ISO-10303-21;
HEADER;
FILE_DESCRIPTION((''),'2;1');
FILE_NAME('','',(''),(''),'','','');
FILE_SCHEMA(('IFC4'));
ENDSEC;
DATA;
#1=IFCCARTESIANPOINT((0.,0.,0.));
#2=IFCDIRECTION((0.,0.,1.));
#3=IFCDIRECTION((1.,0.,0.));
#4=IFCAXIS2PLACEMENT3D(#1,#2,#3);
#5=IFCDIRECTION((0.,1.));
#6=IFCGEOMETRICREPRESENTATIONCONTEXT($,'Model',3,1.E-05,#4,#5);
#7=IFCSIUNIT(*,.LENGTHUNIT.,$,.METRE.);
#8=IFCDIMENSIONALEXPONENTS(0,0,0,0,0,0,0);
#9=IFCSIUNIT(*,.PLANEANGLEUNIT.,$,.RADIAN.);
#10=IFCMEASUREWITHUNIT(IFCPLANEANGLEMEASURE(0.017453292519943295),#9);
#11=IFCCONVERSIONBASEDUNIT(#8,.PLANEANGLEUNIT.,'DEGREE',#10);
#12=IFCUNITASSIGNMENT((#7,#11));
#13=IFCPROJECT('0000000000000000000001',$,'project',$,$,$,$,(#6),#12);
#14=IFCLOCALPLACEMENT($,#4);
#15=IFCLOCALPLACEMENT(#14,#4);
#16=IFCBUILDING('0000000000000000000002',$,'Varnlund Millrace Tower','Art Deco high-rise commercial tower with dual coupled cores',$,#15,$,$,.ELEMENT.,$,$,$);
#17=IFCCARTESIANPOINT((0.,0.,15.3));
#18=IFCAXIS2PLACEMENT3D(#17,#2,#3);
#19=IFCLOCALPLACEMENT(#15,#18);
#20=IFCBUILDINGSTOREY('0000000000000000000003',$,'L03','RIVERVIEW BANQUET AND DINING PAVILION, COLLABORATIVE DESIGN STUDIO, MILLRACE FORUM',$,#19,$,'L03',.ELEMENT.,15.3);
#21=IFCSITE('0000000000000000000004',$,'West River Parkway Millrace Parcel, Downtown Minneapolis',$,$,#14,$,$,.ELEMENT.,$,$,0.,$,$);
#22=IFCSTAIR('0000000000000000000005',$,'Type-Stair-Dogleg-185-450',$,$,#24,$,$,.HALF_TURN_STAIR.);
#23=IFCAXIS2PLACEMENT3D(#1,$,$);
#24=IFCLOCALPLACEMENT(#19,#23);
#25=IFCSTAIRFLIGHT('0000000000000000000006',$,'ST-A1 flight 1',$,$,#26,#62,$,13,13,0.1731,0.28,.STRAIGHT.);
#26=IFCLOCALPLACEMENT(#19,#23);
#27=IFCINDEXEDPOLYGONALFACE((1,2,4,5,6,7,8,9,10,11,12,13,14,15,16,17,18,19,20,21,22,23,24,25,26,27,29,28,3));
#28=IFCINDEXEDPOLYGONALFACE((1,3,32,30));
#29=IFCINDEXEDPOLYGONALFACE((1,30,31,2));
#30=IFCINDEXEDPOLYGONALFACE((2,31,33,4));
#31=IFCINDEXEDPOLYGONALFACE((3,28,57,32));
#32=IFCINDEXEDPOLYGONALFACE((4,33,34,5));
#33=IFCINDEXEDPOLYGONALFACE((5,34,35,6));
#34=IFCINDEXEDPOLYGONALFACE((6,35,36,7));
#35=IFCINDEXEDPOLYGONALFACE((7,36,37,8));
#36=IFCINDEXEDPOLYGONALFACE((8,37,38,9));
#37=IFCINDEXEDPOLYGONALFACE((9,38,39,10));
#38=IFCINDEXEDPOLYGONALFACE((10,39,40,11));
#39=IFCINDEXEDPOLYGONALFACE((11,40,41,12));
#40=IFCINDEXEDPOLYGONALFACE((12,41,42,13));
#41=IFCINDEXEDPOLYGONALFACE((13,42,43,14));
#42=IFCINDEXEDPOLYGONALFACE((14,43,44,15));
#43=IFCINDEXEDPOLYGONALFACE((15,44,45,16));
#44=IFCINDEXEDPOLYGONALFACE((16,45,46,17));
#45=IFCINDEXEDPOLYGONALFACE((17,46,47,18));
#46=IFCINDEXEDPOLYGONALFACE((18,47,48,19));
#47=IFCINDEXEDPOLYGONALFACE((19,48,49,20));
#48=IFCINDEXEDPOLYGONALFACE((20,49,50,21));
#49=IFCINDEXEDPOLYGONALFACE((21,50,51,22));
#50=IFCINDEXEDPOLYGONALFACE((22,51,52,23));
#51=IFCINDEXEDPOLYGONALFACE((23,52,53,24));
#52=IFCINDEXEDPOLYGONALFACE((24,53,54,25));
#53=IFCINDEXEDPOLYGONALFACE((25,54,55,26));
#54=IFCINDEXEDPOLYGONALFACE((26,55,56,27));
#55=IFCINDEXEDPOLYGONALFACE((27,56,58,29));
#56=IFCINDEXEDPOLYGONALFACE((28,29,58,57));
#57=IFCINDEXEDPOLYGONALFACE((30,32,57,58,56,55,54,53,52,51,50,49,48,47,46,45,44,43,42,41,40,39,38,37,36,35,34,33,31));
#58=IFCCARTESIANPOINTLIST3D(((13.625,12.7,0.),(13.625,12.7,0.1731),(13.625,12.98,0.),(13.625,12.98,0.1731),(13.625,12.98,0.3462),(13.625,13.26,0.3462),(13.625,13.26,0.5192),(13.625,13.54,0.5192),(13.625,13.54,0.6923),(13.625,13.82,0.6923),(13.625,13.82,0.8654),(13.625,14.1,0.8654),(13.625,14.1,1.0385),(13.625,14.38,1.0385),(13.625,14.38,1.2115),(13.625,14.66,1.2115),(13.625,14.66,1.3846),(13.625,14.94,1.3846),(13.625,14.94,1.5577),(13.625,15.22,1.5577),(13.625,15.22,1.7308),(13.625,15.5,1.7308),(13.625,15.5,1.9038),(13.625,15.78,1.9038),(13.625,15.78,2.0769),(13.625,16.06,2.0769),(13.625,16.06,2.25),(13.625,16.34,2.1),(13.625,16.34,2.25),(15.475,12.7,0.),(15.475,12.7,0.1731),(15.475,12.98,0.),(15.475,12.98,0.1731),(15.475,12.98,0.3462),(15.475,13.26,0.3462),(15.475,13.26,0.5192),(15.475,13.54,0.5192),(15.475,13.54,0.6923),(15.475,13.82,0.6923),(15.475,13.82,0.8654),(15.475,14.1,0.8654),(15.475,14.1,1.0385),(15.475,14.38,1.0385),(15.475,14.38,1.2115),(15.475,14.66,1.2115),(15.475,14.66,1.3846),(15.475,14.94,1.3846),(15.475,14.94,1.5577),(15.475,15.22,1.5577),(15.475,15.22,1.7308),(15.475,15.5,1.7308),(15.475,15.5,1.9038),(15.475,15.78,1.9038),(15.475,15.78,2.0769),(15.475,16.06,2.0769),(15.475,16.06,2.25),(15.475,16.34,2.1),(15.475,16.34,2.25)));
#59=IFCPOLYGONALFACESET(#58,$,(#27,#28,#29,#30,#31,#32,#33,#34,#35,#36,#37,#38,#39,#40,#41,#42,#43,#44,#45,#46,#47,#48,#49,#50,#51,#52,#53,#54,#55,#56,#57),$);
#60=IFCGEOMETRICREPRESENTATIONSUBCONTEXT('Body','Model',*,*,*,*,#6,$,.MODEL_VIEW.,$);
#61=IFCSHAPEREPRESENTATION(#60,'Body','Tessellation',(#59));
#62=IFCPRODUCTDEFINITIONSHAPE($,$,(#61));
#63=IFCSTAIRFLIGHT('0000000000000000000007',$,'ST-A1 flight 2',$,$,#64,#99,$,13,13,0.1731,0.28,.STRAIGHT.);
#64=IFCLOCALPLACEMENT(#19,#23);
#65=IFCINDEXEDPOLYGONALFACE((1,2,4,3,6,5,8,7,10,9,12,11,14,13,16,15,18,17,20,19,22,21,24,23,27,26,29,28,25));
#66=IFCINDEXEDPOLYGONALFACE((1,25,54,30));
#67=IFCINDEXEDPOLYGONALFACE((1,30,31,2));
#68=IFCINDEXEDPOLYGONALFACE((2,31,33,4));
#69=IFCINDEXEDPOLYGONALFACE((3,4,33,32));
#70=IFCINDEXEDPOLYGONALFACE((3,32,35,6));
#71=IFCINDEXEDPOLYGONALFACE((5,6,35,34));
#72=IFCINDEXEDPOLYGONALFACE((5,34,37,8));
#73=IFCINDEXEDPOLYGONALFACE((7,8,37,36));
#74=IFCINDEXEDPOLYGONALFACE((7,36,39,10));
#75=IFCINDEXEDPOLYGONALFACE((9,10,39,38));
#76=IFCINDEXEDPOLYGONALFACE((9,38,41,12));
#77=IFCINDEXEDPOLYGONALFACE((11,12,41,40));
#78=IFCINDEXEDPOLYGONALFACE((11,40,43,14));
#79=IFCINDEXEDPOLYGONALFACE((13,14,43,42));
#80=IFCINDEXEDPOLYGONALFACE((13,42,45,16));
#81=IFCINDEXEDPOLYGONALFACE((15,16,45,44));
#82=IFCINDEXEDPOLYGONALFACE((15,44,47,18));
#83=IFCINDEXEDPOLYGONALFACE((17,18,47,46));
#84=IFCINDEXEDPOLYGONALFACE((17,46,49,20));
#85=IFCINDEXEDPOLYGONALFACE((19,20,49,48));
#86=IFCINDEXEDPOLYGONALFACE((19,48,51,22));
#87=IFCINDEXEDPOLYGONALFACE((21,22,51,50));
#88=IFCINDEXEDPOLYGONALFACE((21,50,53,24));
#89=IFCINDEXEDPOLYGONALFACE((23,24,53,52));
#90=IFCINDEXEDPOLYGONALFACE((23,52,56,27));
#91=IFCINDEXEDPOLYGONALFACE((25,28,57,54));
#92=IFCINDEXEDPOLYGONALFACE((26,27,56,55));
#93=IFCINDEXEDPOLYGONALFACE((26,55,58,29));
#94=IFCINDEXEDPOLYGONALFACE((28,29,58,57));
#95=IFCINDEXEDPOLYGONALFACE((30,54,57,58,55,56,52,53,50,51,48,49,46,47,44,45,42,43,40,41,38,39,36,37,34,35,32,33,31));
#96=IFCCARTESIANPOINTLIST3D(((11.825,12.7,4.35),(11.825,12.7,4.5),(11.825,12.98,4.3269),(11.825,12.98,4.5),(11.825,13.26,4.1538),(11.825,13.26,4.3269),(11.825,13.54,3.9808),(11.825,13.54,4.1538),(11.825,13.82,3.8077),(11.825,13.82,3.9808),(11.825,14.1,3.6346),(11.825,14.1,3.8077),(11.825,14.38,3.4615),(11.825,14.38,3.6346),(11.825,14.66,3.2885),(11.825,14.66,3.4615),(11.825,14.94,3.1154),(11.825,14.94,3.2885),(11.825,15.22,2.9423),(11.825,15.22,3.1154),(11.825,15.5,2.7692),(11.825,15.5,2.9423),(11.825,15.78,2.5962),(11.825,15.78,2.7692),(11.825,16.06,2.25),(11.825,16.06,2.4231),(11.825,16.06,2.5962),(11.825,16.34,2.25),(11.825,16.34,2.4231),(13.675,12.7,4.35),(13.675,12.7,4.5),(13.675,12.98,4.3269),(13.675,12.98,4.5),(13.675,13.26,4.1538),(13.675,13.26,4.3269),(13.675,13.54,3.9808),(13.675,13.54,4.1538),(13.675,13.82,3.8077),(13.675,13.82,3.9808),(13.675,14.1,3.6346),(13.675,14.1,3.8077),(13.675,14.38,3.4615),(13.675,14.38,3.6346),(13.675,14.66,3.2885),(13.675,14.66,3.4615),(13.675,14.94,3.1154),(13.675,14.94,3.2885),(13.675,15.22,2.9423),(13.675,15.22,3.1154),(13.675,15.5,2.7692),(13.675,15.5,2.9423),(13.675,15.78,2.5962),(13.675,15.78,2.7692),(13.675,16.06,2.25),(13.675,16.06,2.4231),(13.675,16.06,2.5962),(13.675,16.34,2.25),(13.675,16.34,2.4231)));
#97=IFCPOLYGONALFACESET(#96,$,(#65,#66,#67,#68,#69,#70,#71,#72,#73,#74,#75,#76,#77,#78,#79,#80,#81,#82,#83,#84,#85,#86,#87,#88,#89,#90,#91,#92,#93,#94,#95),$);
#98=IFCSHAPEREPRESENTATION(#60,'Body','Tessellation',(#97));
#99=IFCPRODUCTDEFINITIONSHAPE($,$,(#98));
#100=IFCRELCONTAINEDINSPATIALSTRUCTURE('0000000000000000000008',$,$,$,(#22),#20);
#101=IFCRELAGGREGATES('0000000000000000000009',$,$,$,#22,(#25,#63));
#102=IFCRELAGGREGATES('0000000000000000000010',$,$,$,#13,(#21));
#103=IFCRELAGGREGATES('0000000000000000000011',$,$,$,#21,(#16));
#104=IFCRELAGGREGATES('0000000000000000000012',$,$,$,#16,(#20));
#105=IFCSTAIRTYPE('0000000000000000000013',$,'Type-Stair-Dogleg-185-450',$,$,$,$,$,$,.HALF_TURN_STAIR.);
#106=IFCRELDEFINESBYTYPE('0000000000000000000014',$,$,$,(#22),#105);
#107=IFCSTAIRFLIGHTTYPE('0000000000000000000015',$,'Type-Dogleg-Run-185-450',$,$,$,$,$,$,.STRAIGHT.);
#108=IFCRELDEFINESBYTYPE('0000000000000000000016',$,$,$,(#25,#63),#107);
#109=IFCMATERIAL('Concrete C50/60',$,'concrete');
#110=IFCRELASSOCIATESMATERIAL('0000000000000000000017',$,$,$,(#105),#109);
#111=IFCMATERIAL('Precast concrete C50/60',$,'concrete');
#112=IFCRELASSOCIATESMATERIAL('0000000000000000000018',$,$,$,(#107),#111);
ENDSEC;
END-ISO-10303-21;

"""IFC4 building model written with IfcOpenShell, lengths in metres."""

from ifc_helpers import new_model, entity, si_unit, converted_unit, direction, frame, origin_with_axes, place, context, subcontext, project, spatial, polyline, outline, extrude, material, type_object, element, aggregate, save


model = new_model("IFC4")

# Units and contexts
model_context = context("Model", 3, precision=1e-05, world=origin_with_axes(), true_north=direction((0.0, 1.0)))
body_context = subcontext(model_context, "Body", "Model", "MODEL_VIEW")
ifc_project = project(units=[si_unit("LENGTHUNIT", "METRE"), converted_unit("PLANEANGLEUNIT", "DEGREE", entity("IfcPlaneAngleMeasure", 0.017453292519943295), si_unit("PLANEANGLEUNIT", "RADIAN"), dimensions=[0, 0, 0, 0, 0, 0, 0])], contexts=[model_context])

# Site, building, storey
site_placement = place(None, origin_with_axes())
site = spatial("IfcSite", under=ifc_project, at=site_placement, Name="West River Parkway Millrace Parcel, Downtown Minneapolis", CompositionType="ELEMENT", RefElevation=0.0)
building_placement = place(site_placement, origin_with_axes())
building = spatial("IfcBuilding", under=site, at=building_placement, Name="Varnlund Millrace Tower", Description="Art Deco high-rise commercial tower with dual coupled cores", CompositionType="ELEMENT")
storey_placement = place(building_placement, frame((0.0, 0.0, 15.3), z_axis=(0.0, 0.0, 1.0), x_axis=(1.0, 0.0, 0.0)))
storey = spatial("IfcBuildingStorey", under=building, at=storey_placement, Name="L03", Description="RIVERVIEW BANQUET AND DINING PAVILION, COLLABORATIVE DESIGN STUDIO, MILLRACE FORUM", LongName="L03", CompositionType="ELEMENT", Elevation=15.3)

# Stair, stair flights
ifc_material_1 = material(Name="Concrete C50/60", Category="concrete")
stair_type = type_object("IfcStairType", Name="Type-Stair-Dogleg-185-450", PredefinedType="HALF_TURN_STAIR", material=ifc_material_1)
stair_placement = place(storey_placement, origin_with_axes())
stair = element("IfcStair", 1, at=stair_placement, inside=storey, type_object=stair_type, Name="Type-Stair-Dogleg-185-450", PredefinedType="HALF_TURN_STAIR")
ifc_material_2 = material(Name="Precast concrete C50/60", Category="concrete")
stair_flight_type = type_object("IfcStairFlightType", Name="Type-Dogleg-Run-185-450", PredefinedType="STRAIGHT", material=ifc_material_2)
stair_flight_1_placement = place(storey_placement, frame((13.625, 12.7, 0.0), z_axis=(1.0, 0.0, 0.0), x_axis=(0.0, 1.0, 0.0)))
stair_flight_1 = element("IfcStairFlight", 2, at=stair_flight_1_placement, type_object=stair_flight_type, Name="ST-A1 flight 1", NumberOfRisers=13, NumberOfTreads=13, PredefinedType="STRAIGHT", RiserHeight=0.1731, TreadLength=0.28, context=body_context, shape_type="SweptSolid", body=[
    extrude(outline(polyline([(0.0, 0.0), (0.0, 0.1731), (0.28, 0.1731), (0.28, 0.3462), (0.56, 0.3462), (0.56, 0.5192), (0.84, 0.5192), (0.84, 0.6923), (1.12, 0.6923), (1.12, 0.8654), (1.4, 0.8654), (1.4, 1.0385), (1.68, 1.0385), (1.68, 1.2115), (1.96, 1.2115), (1.96, 1.3846), (2.24, 1.3846), (2.24, 1.5577), (2.52, 1.5577), (2.52, 1.7308), (2.8, 1.7308), (2.8, 1.9038), (3.08, 1.9038), (3.08, 2.0769), (3.36, 2.0769), (3.36, 2.25), (3.64, 2.25), (3.64, 2.1), (0.28, 0.0), (0.0, 0.0)])), origin_with_axes(), (0.0, 0.0, 1.0), 1.85),
])
stair_flight_2_placement = place(storey_placement, frame((13.675, 16.34, 2.25), z_axis=(-1.0, 0.0, 0.0), x_axis=(0.0, -1.0, 0.0)))
stair_flight_2 = element("IfcStairFlight", 3, at=stair_flight_2_placement, type_object=stair_flight_type, Name="ST-A1 flight 2", NumberOfRisers=13, NumberOfTreads=13, PredefinedType="STRAIGHT", RiserHeight=0.1731, TreadLength=0.28, context=body_context, shape_type="SweptSolid", body=[
    extrude(outline(polyline([(0.0, 0.0), (0.0, 0.1731), (0.28, 0.1731), (0.28, 0.3462), (0.56, 0.3462), (0.56, 0.5192), (0.84, 0.5192), (0.84, 0.6923), (1.12, 0.6923), (1.12, 0.8654), (1.4, 0.8654), (1.4, 1.0385), (1.68, 1.0385), (1.68, 1.2115), (1.96, 1.2115), (1.96, 1.3846), (2.24, 1.3846), (2.24, 1.5577), (2.52, 1.5577), (2.52, 1.7308), (2.8, 1.7308), (2.8, 1.9038), (3.08, 1.9038), (3.08, 2.0769), (3.36, 2.0769), (3.36, 2.25), (3.64, 2.25), (3.64, 2.1), (0.28, 0.0), (0.0, 0.0)])), origin_with_axes(), (0.0, 0.0, 1.0), 1.85),
])
aggregate(stair, [stair_flight_1, stair_flight_2])

save(model, "model.ifc")
